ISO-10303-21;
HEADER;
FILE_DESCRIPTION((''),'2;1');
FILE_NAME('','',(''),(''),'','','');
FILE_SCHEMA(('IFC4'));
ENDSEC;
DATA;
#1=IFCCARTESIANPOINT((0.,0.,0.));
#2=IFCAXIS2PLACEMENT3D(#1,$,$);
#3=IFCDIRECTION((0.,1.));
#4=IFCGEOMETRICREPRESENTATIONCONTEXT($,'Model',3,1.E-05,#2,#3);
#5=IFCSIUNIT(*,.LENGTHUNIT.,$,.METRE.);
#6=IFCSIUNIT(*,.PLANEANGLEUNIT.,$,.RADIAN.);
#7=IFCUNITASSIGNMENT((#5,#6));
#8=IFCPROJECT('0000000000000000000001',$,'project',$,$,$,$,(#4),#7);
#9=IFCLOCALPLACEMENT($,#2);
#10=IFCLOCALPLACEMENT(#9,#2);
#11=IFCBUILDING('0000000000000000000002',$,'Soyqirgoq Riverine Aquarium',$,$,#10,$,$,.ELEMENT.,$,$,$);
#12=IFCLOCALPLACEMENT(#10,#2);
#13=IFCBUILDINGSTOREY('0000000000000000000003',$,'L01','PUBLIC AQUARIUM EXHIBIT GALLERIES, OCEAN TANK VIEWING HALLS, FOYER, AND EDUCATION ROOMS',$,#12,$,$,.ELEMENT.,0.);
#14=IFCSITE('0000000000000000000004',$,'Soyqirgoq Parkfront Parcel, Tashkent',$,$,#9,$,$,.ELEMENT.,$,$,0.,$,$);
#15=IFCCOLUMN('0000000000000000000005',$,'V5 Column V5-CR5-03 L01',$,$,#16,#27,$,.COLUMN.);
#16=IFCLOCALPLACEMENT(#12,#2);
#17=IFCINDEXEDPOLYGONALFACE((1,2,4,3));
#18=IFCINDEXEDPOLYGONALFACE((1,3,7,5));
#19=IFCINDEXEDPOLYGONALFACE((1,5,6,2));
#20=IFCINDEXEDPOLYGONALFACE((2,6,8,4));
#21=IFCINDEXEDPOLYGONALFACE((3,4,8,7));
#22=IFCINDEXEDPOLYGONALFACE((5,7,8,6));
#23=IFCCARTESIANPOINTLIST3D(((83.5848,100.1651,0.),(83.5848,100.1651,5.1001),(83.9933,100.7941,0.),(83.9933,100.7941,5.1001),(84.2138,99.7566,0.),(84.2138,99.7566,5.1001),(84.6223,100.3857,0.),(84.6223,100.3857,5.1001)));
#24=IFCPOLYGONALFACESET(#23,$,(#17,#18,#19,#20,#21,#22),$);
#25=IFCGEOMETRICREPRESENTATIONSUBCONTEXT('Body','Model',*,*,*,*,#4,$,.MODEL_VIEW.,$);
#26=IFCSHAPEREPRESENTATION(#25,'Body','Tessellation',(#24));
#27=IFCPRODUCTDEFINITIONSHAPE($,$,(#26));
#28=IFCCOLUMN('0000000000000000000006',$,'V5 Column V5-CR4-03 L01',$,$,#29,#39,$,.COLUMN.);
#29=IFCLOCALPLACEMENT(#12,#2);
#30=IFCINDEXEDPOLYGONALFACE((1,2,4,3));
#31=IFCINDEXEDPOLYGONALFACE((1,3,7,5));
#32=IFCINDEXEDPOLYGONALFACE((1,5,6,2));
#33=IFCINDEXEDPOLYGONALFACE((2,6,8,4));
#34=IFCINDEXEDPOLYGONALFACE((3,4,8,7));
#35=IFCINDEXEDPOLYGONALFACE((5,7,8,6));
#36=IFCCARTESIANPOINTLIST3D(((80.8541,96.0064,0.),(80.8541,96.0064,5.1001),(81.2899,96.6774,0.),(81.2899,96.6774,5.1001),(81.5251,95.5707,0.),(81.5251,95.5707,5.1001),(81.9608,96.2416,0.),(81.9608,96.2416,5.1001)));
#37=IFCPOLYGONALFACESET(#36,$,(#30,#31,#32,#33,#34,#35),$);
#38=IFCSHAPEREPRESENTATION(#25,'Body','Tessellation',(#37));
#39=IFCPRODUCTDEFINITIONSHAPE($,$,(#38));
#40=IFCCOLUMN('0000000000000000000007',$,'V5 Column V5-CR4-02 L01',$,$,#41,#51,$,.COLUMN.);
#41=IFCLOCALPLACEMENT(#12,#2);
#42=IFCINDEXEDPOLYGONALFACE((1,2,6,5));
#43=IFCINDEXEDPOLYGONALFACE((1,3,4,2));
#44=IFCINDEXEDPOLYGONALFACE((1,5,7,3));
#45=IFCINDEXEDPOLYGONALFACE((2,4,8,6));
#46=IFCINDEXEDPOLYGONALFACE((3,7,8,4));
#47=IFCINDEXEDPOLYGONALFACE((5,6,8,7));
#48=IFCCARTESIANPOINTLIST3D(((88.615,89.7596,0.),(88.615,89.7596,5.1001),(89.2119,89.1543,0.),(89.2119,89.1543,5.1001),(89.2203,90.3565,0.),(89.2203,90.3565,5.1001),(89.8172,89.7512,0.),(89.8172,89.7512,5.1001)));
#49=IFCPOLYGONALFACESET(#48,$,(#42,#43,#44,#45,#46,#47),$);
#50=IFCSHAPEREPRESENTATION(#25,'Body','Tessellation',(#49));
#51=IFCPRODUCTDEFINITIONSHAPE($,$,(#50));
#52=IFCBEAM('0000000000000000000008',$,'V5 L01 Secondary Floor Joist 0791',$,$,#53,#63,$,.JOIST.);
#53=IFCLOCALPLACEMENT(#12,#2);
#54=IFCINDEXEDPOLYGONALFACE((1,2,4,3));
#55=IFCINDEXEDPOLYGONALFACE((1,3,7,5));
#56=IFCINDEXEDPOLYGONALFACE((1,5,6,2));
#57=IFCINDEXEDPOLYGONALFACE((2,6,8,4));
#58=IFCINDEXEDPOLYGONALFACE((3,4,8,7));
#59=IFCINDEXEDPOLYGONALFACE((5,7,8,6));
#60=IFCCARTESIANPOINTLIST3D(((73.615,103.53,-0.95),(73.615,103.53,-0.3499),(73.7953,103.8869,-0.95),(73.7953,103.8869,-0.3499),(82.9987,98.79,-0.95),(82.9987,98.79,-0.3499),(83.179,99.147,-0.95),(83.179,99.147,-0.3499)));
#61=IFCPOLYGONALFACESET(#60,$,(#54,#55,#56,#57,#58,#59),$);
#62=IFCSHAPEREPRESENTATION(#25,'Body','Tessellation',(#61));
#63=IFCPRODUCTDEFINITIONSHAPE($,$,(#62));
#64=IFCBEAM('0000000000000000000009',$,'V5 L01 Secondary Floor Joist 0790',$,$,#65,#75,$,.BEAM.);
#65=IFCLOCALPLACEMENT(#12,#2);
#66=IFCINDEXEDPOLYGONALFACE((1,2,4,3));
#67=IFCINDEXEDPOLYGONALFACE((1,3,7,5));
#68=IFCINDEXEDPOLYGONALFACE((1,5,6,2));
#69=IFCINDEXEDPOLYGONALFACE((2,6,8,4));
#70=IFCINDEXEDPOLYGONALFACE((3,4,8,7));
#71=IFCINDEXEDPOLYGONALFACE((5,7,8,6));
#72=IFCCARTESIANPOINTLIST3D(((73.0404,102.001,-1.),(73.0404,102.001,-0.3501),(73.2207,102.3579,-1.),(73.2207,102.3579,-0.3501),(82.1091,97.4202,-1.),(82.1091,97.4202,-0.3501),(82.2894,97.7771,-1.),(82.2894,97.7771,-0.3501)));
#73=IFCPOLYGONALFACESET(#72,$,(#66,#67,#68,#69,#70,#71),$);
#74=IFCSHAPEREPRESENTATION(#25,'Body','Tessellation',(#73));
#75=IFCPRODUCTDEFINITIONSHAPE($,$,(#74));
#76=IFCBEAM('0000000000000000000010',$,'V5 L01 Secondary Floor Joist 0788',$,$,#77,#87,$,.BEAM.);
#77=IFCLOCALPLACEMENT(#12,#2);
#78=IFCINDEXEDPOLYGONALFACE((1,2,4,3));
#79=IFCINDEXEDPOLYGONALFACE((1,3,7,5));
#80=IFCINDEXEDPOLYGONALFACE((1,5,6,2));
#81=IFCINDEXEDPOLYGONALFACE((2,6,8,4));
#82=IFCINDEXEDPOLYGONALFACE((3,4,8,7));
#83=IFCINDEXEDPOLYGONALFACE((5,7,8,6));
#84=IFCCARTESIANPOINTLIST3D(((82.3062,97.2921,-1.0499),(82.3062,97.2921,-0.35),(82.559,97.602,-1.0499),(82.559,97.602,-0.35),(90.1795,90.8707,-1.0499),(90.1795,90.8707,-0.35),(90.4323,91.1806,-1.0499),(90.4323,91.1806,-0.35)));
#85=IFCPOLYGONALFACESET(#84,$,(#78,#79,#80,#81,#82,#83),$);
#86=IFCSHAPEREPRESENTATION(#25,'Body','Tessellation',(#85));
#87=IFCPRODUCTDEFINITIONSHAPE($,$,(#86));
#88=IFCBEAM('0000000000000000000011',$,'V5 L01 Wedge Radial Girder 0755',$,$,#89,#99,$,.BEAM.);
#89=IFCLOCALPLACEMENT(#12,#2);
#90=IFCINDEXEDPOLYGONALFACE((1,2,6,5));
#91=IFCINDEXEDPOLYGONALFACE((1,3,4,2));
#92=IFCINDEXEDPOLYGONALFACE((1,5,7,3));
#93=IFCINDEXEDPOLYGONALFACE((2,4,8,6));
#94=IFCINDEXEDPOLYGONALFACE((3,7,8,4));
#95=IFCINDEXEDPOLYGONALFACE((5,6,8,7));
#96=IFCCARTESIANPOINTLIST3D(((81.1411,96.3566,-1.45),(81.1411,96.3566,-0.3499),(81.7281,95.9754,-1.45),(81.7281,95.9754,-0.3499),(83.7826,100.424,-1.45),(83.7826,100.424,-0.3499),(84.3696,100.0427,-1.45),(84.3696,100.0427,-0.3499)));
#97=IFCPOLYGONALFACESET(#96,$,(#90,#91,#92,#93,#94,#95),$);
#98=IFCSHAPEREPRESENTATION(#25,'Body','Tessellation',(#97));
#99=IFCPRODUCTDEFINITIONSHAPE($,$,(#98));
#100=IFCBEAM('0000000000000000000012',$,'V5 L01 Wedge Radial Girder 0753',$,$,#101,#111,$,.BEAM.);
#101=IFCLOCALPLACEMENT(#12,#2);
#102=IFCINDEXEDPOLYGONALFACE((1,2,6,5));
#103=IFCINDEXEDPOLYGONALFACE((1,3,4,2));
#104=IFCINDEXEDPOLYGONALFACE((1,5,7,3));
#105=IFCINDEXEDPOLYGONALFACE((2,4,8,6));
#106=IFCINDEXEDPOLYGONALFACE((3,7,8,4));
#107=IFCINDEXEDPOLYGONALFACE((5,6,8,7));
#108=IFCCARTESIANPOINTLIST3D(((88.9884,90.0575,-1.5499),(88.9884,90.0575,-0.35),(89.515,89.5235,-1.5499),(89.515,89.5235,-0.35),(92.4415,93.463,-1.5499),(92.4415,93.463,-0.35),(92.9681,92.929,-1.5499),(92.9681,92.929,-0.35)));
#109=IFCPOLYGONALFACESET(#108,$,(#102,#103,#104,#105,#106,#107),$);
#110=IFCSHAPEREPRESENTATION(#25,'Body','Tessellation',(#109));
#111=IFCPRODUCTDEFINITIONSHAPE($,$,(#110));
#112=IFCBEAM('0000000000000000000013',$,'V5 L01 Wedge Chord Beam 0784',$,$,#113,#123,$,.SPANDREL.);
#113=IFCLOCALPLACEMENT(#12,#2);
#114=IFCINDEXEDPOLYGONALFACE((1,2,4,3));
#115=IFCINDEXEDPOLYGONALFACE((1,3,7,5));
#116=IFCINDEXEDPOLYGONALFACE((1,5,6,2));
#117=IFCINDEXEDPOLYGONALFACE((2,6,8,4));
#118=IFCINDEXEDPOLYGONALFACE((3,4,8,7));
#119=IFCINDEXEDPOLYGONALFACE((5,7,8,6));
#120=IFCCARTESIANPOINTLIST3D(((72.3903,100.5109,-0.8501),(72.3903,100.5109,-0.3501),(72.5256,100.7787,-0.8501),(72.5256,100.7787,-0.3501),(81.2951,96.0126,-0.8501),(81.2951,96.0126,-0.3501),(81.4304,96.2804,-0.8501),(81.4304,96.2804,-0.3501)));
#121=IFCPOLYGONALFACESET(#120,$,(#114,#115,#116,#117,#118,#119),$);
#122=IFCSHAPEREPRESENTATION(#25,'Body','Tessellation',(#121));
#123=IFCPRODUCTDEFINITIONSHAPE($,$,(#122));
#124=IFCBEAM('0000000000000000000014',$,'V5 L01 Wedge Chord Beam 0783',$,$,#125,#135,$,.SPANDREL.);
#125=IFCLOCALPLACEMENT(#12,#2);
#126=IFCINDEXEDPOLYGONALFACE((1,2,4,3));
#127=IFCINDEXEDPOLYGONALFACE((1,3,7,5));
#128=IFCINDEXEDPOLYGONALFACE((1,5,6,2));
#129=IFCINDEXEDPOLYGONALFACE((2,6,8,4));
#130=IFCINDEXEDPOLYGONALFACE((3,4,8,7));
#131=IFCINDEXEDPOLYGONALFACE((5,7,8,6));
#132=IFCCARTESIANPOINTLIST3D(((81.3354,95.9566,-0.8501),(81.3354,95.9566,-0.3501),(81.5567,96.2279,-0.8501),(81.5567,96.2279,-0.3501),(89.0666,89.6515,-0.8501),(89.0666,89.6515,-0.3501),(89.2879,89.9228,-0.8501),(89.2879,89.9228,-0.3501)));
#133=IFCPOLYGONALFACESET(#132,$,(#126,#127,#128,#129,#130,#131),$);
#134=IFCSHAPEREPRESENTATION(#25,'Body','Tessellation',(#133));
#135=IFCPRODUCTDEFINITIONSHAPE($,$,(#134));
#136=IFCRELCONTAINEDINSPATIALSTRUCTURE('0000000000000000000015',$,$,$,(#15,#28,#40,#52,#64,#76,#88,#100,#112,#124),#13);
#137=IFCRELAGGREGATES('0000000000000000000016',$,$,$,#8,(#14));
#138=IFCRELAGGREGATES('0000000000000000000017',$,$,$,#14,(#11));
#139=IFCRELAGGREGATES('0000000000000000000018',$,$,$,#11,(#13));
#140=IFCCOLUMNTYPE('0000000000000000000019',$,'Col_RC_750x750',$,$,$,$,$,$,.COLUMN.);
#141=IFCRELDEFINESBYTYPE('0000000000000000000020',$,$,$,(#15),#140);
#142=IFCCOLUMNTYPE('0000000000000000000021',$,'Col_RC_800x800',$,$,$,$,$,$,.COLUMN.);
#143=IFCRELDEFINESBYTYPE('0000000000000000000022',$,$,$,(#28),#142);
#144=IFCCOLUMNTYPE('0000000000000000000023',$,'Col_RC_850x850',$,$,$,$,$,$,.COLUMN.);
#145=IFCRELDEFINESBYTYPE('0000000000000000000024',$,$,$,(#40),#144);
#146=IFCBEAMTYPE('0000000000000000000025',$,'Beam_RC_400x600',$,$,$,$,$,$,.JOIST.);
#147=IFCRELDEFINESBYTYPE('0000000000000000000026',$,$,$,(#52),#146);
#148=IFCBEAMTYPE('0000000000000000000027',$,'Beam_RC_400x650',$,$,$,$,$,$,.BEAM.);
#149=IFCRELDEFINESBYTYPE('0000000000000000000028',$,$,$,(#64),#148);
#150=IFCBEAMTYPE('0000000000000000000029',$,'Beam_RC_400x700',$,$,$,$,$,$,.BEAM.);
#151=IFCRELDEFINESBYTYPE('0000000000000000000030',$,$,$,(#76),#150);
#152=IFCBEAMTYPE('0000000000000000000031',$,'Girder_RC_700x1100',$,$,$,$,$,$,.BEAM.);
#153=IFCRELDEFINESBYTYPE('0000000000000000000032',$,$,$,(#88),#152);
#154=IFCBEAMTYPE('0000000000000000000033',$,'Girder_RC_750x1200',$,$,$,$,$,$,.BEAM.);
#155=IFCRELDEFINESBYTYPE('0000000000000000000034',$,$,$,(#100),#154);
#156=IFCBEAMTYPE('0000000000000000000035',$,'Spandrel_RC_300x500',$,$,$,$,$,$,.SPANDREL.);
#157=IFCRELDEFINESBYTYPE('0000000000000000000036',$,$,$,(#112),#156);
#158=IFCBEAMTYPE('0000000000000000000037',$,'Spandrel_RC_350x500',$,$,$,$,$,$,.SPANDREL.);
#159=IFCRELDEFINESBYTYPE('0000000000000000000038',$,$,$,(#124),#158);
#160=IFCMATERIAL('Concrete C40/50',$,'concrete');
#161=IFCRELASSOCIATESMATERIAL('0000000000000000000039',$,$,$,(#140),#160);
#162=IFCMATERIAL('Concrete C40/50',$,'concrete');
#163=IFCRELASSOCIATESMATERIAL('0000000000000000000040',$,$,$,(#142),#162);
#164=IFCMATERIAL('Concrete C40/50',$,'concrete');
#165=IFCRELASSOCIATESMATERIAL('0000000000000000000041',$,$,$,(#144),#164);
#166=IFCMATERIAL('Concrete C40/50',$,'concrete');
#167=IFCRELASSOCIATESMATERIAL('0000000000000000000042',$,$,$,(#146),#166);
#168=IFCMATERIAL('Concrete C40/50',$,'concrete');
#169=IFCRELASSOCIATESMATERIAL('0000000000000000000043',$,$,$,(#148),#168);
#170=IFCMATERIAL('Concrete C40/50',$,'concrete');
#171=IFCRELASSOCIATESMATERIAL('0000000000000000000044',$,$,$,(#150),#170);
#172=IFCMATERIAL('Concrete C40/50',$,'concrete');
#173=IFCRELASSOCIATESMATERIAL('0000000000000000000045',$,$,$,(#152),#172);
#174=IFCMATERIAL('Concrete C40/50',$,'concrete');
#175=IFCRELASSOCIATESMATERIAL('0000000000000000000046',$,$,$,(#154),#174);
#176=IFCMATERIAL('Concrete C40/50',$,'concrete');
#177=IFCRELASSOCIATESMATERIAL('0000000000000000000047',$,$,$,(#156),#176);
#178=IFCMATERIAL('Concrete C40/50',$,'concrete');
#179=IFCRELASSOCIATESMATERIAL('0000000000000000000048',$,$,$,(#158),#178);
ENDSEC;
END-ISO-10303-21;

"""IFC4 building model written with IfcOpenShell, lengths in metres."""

from ifc_helpers import new_model, si_unit, direction, frame, origin, origin_2d, place, context, subcontext, project, spatial, rectangle, extrude, material, material_profile, profile_set, type_object, element, save


model = new_model("IFC4")

# Units and contexts
model_context = context("Model", 3, precision=1e-05, world=origin(), true_north=direction((0.0, 1.0)))
body_context = subcontext(model_context, "Body", "Model", "MODEL_VIEW")
ifc_project = project(units=[si_unit("LENGTHUNIT", "METRE"), si_unit("PLANEANGLEUNIT", "RADIAN")], contexts=[model_context])

# Site, building, storey
site_placement = place(None, origin())
site = spatial("IfcSite", under=ifc_project, at=site_placement, Name="Soyqirgoq Parkfront Parcel, Tashkent", CompositionType="ELEMENT", RefElevation=0.0)
building_placement = place(site_placement, origin())
building = spatial("IfcBuilding", under=site, at=building_placement, Name="Soyqirgoq Riverine Aquarium", CompositionType="ELEMENT")
storey_placement = place(building_placement, origin())
storey = spatial("IfcBuildingStorey", under=building, at=storey_placement, Name="L01", Description="PUBLIC AQUARIUM EXHIBIT GALLERIES, OCEAN TANK VIEWING HALLS, FOYER, AND EDUCATION ROOMS", CompositionType="ELEMENT", Elevation=0.0)

# Columns
ifc_material_1 = material(Name="Concrete C40/50", Category="concrete")
ifc_material_profile_1 = material_profile(ifc_material_1, rectangle(XDim=0.75, YDim=0.75, at=origin_2d()), Name="RC 750x750")
ifc_profile_set_1 = profile_set([ifc_material_profile_1], Name="Concrete C40/50")
column_type_1 = type_object("IfcColumnType", Name="Col_RC_750x750", PredefinedType="COLUMN", material=ifc_profile_set_1)
column_1_placement = place(storey_placement, frame((84.1035, 100.2754, 0.0), z_axis=(0.0, 0.0, 1.0), x_axis=(0.544639, 0.838671, 0.0)))
element("IfcColumn", 1, at=column_1_placement, inside=storey, type_object=column_type_1, Name="V5 Column V5-CR5-03 L01", PredefinedType="COLUMN", context=body_context, shape_type="SweptSolid", body=[
    extrude(rectangle(XDim=0.75, YDim=0.75, at=origin_2d()), origin(), (0.0, 0.0, 1.0), 5.1001),
])
ifc_material_2 = material(Name="Concrete C40/50", Category="concrete")
ifc_material_profile_2 = material_profile(ifc_material_2, rectangle(XDim=0.8, YDim=0.8, at=origin_2d()), Name="RC 800x800")
ifc_profile_set_2 = profile_set([ifc_material_profile_2], Name="Concrete C40/50")
column_type_2 = type_object("IfcColumnType", Name="Col_RC_800x800", PredefinedType="COLUMN", material=ifc_profile_set_2)
column_2_placement = place(storey_placement, frame((81.4075, 96.124, 0.0), z_axis=(0.0, 0.0, 1.0), x_axis=(0.544639, 0.838671, 0.0)))
element("IfcColumn", 2, at=column_2_placement, inside=storey, type_object=column_type_2, Name="V5 Column V5-CR4-03 L01", PredefinedType="COLUMN", context=body_context, shape_type="SweptSolid", body=[
    extrude(rectangle(XDim=0.8, YDim=0.8, at=origin_2d()), origin(), (0.0, 0.0, 1.0), 5.1001),
])
ifc_material_3 = material(Name="Concrete C40/50", Category="concrete")
ifc_material_profile_3 = material_profile(ifc_material_3, rectangle(XDim=0.8501, YDim=0.8501, at=origin_2d()), Name="RC 850x850")
ifc_profile_set_3 = profile_set([ifc_material_profile_3], Name="Concrete C40/50")
column_type_3 = type_object("IfcColumnType", Name="Col_RC_850x850", PredefinedType="COLUMN", material=ifc_profile_set_3)
column_3_placement = place(storey_placement, frame((89.2161, 89.7554, 0.0), z_axis=(0.0, 0.0, 1.0), x_axis=(0.712026, 0.702153, 0.0)))
element("IfcColumn", 3, at=column_3_placement, inside=storey, type_object=column_type_3, Name="V5 Column V5-CR4-02 L01", PredefinedType="COLUMN", context=body_context, shape_type="SweptSolid", body=[
    extrude(rectangle(XDim=0.8501, YDim=0.8501, at=origin_2d()), origin(), (0.0, 0.0, 1.0), 5.1001),
])

# Beams
ifc_material_4 = material(Name="Concrete C40/50", Category="concrete")
ifc_material_profile_4 = material_profile(ifc_material_4, rectangle(XDim=0.3999, YDim=0.6001, at=origin_2d()), Name="RC 400x600")
ifc_profile_set_4 = profile_set([ifc_material_profile_4], Name="Concrete C40/50")
beam_type_1 = type_object("IfcBeamType", Name="Beam_RC_400x600", PredefinedType="JOIST", material=ifc_profile_set_4)
beam_1_placement = place(storey_placement, frame((83.0889, 98.9685, -0.6499), z_axis=(-0.89259, 0.45087, 0.0), x_axis=(-0.45087, -0.89259, 0.0)))
element("IfcBeam", 4, at=beam_1_placement, inside=storey, type_object=beam_type_1, Name="V5 L01 Secondary Floor Joist 0791", PredefinedType="JOIST", context=body_context, shape_type="SweptSolid", body=[
    extrude(rectangle(XDim=0.3999, YDim=0.6001, at=origin_2d()), origin(), (0.0, 0.0, 1.0), 10.5129),
])
ifc_material_5 = material(Name="Concrete C40/50", Category="concrete")
ifc_material_profile_5 = material_profile(ifc_material_5, rectangle(XDim=0.3999, YDim=0.6499, at=origin_2d()), Name="RC 400x650")
ifc_profile_set_5 = profile_set([ifc_material_profile_5], Name="Concrete C40/50")
beam_type_2 = type_object("IfcBeamType", Name="Beam_RC_400x650", PredefinedType="BEAM", material=ifc_profile_set_5)
beam_2_placement = place(storey_placement, frame((82.1992, 97.5986, -0.675), z_axis=(-0.892589, 0.450872, 0.0), x_axis=(-0.450872, -0.892589, 0.0)))
element("IfcBeam", 5, at=beam_2_placement, inside=storey, type_object=beam_type_2, Name="V5 L01 Secondary Floor Joist 0790", PredefinedType="BEAM", context=body_context, shape_type="SweptSolid", body=[
    extrude(rectangle(XDim=0.3999, YDim=0.6499, at=origin_2d()), origin(), (0.0, 0.0, 1.0), 10.1599),
])
ifc_material_6 = material(Name="Concrete C40/50", Category="concrete")
ifc_material_profile_6 = material_profile(ifc_material_6, rectangle(XDim=0.3999, YDim=0.7, at=origin_2d()), Name="RC 400x700")
ifc_profile_set_6 = profile_set([ifc_material_profile_6], Name="Concrete C40/50")
beam_type_3 = type_object("IfcBeamType", Name="Beam_RC_400x700", PredefinedType="BEAM", material=ifc_profile_set_6)
beam_3_placement = place(storey_placement, frame((90.3059, 91.0256, -0.7), z_axis=(-0.77494, 0.632034, 0.0), x_axis=(-0.632034, -0.77494, 0.0)))
element("IfcBeam", 6, at=beam_3_placement, inside=storey, type_object=beam_type_3, Name="V5 L01 Secondary Floor Joist 0788", PredefinedType="BEAM", context=body_context, shape_type="SweptSolid", body=[
    extrude(rectangle(XDim=0.3999, YDim=0.7, at=origin_2d()), origin(), (0.0, 0.0, 1.0), 10.1599),
])
ifc_material_7 = material(Name="Concrete C40/50", Category="concrete")
ifc_material_profile_7 = material_profile(ifc_material_7, rectangle(XDim=0.7, YDim=1.1001, at=origin_2d()), Name="RC 700x1100")
ifc_profile_set_7 = profile_set([ifc_material_profile_7], Name="Concrete C40/50")
beam_type_4 = type_object("IfcBeamType", Name="Girder_RC_700x1100", PredefinedType="BEAM", material=ifc_profile_set_7)
beam_4_placement = place(storey_placement, frame((81.4346, 96.166, -0.8999), z_axis=(0.54467, 0.838651, 0.0), x_axis=(-0.838651, 0.54467, 0.0)))
element("IfcBeam", 7, at=beam_4_placement, inside=storey, type_object=beam_type_4, Name="V5 L01 Wedge Radial Girder 0755", PredefinedType="BEAM", context=body_context, shape_type="SweptSolid", body=[
    extrude(rectangle(XDim=0.7, YDim=1.1001, at=origin_2d()), origin(), (0.0, 0.0, 1.0), 4.8499),
])
ifc_material_8 = material(Name="Concrete C40/50", Category="concrete")
ifc_material_profile_8 = material_profile(ifc_material_8, rectangle(XDim=0.75, YDim=1.2, at=origin_2d()), Name="RC 750x1200")
ifc_profile_set_8 = profile_set([ifc_material_profile_8], Name="Concrete C40/50")
beam_type_5 = type_object("IfcBeamType", Name="Girder_RC_750x1200", PredefinedType="BEAM", material=ifc_profile_set_8)
beam_5_placement = place(storey_placement, frame((89.2517, 89.7905, -0.95), z_axis=(0.711998, 0.702182, 0.0), x_axis=(-0.702182, 0.711998, 0.0)))
element("IfcBeam", 8, at=beam_5_placement, inside=storey, type_object=beam_type_5, Name="V5 L01 Wedge Radial Girder 0753", PredefinedType="BEAM", context=body_context, shape_type="SweptSolid", body=[
    extrude(rectangle(XDim=0.75, YDim=1.2, at=origin_2d()), origin(), (0.0, 0.0, 1.0), 4.8499),
])
ifc_material_9 = material(Name="Concrete C40/50", Category="concrete")
ifc_material_profile_9 = material_profile(ifc_material_9, rectangle(XDim=0.3, YDim=0.5, at=origin_2d()), Name="RC 300x500")
ifc_profile_set_9 = profile_set([ifc_material_profile_9], Name="Concrete C40/50")
beam_type_6 = type_object("IfcBeamType", Name="Spandrel_RC_300x500", PredefinedType="SPANDREL", material=ifc_profile_set_9)
beam_6_placement = place(storey_placement, frame((81.3628, 96.1465, -0.6001), z_axis=(-0.892579, 0.45089, 0.0), x_axis=(-0.45089, -0.892579, 0.0)))
element("IfcBeam", 9, at=beam_6_placement, inside=storey, type_object=beam_type_6, Name="V5 L01 Wedge Chord Beam 0784", PredefinedType="SPANDREL", context=body_context, shape_type="SweptSolid", body=[
    extrude(rectangle(XDim=0.3, YDim=0.5, at=origin_2d()), origin(), (0.0, 0.0, 1.0), 9.9766),
])
ifc_material_10 = material(Name="Concrete C40/50", Category="concrete")
ifc_material_profile_10 = material_profile(ifc_material_10, rectangle(XDim=0.3501, YDim=0.5, at=origin_2d()), Name="RC 350x500")
ifc_profile_set_10 = profile_set([ifc_material_profile_10], Name="Concrete C40/50")
beam_type_7 = type_object("IfcBeamType", Name="Spandrel_RC_350x500", PredefinedType="SPANDREL", material=ifc_profile_set_10)
beam_7_placement = place(storey_placement, frame((89.1772, 89.7871, -0.6001), z_axis=(-0.774956, 0.632015, 0.0), x_axis=(-0.632015, -0.774956, 0.0)))
element("IfcBeam", 10, at=beam_7_placement, inside=storey, type_object=beam_type_7, Name="V5 L01 Wedge Chord Beam 0783", PredefinedType="SPANDREL", context=body_context, shape_type="SweptSolid", body=[
    extrude(rectangle(XDim=0.3501, YDim=0.5, at=origin_2d()), origin(), (0.0, 0.0, 1.0), 9.9763),
])

save(model, "model.ifc")
